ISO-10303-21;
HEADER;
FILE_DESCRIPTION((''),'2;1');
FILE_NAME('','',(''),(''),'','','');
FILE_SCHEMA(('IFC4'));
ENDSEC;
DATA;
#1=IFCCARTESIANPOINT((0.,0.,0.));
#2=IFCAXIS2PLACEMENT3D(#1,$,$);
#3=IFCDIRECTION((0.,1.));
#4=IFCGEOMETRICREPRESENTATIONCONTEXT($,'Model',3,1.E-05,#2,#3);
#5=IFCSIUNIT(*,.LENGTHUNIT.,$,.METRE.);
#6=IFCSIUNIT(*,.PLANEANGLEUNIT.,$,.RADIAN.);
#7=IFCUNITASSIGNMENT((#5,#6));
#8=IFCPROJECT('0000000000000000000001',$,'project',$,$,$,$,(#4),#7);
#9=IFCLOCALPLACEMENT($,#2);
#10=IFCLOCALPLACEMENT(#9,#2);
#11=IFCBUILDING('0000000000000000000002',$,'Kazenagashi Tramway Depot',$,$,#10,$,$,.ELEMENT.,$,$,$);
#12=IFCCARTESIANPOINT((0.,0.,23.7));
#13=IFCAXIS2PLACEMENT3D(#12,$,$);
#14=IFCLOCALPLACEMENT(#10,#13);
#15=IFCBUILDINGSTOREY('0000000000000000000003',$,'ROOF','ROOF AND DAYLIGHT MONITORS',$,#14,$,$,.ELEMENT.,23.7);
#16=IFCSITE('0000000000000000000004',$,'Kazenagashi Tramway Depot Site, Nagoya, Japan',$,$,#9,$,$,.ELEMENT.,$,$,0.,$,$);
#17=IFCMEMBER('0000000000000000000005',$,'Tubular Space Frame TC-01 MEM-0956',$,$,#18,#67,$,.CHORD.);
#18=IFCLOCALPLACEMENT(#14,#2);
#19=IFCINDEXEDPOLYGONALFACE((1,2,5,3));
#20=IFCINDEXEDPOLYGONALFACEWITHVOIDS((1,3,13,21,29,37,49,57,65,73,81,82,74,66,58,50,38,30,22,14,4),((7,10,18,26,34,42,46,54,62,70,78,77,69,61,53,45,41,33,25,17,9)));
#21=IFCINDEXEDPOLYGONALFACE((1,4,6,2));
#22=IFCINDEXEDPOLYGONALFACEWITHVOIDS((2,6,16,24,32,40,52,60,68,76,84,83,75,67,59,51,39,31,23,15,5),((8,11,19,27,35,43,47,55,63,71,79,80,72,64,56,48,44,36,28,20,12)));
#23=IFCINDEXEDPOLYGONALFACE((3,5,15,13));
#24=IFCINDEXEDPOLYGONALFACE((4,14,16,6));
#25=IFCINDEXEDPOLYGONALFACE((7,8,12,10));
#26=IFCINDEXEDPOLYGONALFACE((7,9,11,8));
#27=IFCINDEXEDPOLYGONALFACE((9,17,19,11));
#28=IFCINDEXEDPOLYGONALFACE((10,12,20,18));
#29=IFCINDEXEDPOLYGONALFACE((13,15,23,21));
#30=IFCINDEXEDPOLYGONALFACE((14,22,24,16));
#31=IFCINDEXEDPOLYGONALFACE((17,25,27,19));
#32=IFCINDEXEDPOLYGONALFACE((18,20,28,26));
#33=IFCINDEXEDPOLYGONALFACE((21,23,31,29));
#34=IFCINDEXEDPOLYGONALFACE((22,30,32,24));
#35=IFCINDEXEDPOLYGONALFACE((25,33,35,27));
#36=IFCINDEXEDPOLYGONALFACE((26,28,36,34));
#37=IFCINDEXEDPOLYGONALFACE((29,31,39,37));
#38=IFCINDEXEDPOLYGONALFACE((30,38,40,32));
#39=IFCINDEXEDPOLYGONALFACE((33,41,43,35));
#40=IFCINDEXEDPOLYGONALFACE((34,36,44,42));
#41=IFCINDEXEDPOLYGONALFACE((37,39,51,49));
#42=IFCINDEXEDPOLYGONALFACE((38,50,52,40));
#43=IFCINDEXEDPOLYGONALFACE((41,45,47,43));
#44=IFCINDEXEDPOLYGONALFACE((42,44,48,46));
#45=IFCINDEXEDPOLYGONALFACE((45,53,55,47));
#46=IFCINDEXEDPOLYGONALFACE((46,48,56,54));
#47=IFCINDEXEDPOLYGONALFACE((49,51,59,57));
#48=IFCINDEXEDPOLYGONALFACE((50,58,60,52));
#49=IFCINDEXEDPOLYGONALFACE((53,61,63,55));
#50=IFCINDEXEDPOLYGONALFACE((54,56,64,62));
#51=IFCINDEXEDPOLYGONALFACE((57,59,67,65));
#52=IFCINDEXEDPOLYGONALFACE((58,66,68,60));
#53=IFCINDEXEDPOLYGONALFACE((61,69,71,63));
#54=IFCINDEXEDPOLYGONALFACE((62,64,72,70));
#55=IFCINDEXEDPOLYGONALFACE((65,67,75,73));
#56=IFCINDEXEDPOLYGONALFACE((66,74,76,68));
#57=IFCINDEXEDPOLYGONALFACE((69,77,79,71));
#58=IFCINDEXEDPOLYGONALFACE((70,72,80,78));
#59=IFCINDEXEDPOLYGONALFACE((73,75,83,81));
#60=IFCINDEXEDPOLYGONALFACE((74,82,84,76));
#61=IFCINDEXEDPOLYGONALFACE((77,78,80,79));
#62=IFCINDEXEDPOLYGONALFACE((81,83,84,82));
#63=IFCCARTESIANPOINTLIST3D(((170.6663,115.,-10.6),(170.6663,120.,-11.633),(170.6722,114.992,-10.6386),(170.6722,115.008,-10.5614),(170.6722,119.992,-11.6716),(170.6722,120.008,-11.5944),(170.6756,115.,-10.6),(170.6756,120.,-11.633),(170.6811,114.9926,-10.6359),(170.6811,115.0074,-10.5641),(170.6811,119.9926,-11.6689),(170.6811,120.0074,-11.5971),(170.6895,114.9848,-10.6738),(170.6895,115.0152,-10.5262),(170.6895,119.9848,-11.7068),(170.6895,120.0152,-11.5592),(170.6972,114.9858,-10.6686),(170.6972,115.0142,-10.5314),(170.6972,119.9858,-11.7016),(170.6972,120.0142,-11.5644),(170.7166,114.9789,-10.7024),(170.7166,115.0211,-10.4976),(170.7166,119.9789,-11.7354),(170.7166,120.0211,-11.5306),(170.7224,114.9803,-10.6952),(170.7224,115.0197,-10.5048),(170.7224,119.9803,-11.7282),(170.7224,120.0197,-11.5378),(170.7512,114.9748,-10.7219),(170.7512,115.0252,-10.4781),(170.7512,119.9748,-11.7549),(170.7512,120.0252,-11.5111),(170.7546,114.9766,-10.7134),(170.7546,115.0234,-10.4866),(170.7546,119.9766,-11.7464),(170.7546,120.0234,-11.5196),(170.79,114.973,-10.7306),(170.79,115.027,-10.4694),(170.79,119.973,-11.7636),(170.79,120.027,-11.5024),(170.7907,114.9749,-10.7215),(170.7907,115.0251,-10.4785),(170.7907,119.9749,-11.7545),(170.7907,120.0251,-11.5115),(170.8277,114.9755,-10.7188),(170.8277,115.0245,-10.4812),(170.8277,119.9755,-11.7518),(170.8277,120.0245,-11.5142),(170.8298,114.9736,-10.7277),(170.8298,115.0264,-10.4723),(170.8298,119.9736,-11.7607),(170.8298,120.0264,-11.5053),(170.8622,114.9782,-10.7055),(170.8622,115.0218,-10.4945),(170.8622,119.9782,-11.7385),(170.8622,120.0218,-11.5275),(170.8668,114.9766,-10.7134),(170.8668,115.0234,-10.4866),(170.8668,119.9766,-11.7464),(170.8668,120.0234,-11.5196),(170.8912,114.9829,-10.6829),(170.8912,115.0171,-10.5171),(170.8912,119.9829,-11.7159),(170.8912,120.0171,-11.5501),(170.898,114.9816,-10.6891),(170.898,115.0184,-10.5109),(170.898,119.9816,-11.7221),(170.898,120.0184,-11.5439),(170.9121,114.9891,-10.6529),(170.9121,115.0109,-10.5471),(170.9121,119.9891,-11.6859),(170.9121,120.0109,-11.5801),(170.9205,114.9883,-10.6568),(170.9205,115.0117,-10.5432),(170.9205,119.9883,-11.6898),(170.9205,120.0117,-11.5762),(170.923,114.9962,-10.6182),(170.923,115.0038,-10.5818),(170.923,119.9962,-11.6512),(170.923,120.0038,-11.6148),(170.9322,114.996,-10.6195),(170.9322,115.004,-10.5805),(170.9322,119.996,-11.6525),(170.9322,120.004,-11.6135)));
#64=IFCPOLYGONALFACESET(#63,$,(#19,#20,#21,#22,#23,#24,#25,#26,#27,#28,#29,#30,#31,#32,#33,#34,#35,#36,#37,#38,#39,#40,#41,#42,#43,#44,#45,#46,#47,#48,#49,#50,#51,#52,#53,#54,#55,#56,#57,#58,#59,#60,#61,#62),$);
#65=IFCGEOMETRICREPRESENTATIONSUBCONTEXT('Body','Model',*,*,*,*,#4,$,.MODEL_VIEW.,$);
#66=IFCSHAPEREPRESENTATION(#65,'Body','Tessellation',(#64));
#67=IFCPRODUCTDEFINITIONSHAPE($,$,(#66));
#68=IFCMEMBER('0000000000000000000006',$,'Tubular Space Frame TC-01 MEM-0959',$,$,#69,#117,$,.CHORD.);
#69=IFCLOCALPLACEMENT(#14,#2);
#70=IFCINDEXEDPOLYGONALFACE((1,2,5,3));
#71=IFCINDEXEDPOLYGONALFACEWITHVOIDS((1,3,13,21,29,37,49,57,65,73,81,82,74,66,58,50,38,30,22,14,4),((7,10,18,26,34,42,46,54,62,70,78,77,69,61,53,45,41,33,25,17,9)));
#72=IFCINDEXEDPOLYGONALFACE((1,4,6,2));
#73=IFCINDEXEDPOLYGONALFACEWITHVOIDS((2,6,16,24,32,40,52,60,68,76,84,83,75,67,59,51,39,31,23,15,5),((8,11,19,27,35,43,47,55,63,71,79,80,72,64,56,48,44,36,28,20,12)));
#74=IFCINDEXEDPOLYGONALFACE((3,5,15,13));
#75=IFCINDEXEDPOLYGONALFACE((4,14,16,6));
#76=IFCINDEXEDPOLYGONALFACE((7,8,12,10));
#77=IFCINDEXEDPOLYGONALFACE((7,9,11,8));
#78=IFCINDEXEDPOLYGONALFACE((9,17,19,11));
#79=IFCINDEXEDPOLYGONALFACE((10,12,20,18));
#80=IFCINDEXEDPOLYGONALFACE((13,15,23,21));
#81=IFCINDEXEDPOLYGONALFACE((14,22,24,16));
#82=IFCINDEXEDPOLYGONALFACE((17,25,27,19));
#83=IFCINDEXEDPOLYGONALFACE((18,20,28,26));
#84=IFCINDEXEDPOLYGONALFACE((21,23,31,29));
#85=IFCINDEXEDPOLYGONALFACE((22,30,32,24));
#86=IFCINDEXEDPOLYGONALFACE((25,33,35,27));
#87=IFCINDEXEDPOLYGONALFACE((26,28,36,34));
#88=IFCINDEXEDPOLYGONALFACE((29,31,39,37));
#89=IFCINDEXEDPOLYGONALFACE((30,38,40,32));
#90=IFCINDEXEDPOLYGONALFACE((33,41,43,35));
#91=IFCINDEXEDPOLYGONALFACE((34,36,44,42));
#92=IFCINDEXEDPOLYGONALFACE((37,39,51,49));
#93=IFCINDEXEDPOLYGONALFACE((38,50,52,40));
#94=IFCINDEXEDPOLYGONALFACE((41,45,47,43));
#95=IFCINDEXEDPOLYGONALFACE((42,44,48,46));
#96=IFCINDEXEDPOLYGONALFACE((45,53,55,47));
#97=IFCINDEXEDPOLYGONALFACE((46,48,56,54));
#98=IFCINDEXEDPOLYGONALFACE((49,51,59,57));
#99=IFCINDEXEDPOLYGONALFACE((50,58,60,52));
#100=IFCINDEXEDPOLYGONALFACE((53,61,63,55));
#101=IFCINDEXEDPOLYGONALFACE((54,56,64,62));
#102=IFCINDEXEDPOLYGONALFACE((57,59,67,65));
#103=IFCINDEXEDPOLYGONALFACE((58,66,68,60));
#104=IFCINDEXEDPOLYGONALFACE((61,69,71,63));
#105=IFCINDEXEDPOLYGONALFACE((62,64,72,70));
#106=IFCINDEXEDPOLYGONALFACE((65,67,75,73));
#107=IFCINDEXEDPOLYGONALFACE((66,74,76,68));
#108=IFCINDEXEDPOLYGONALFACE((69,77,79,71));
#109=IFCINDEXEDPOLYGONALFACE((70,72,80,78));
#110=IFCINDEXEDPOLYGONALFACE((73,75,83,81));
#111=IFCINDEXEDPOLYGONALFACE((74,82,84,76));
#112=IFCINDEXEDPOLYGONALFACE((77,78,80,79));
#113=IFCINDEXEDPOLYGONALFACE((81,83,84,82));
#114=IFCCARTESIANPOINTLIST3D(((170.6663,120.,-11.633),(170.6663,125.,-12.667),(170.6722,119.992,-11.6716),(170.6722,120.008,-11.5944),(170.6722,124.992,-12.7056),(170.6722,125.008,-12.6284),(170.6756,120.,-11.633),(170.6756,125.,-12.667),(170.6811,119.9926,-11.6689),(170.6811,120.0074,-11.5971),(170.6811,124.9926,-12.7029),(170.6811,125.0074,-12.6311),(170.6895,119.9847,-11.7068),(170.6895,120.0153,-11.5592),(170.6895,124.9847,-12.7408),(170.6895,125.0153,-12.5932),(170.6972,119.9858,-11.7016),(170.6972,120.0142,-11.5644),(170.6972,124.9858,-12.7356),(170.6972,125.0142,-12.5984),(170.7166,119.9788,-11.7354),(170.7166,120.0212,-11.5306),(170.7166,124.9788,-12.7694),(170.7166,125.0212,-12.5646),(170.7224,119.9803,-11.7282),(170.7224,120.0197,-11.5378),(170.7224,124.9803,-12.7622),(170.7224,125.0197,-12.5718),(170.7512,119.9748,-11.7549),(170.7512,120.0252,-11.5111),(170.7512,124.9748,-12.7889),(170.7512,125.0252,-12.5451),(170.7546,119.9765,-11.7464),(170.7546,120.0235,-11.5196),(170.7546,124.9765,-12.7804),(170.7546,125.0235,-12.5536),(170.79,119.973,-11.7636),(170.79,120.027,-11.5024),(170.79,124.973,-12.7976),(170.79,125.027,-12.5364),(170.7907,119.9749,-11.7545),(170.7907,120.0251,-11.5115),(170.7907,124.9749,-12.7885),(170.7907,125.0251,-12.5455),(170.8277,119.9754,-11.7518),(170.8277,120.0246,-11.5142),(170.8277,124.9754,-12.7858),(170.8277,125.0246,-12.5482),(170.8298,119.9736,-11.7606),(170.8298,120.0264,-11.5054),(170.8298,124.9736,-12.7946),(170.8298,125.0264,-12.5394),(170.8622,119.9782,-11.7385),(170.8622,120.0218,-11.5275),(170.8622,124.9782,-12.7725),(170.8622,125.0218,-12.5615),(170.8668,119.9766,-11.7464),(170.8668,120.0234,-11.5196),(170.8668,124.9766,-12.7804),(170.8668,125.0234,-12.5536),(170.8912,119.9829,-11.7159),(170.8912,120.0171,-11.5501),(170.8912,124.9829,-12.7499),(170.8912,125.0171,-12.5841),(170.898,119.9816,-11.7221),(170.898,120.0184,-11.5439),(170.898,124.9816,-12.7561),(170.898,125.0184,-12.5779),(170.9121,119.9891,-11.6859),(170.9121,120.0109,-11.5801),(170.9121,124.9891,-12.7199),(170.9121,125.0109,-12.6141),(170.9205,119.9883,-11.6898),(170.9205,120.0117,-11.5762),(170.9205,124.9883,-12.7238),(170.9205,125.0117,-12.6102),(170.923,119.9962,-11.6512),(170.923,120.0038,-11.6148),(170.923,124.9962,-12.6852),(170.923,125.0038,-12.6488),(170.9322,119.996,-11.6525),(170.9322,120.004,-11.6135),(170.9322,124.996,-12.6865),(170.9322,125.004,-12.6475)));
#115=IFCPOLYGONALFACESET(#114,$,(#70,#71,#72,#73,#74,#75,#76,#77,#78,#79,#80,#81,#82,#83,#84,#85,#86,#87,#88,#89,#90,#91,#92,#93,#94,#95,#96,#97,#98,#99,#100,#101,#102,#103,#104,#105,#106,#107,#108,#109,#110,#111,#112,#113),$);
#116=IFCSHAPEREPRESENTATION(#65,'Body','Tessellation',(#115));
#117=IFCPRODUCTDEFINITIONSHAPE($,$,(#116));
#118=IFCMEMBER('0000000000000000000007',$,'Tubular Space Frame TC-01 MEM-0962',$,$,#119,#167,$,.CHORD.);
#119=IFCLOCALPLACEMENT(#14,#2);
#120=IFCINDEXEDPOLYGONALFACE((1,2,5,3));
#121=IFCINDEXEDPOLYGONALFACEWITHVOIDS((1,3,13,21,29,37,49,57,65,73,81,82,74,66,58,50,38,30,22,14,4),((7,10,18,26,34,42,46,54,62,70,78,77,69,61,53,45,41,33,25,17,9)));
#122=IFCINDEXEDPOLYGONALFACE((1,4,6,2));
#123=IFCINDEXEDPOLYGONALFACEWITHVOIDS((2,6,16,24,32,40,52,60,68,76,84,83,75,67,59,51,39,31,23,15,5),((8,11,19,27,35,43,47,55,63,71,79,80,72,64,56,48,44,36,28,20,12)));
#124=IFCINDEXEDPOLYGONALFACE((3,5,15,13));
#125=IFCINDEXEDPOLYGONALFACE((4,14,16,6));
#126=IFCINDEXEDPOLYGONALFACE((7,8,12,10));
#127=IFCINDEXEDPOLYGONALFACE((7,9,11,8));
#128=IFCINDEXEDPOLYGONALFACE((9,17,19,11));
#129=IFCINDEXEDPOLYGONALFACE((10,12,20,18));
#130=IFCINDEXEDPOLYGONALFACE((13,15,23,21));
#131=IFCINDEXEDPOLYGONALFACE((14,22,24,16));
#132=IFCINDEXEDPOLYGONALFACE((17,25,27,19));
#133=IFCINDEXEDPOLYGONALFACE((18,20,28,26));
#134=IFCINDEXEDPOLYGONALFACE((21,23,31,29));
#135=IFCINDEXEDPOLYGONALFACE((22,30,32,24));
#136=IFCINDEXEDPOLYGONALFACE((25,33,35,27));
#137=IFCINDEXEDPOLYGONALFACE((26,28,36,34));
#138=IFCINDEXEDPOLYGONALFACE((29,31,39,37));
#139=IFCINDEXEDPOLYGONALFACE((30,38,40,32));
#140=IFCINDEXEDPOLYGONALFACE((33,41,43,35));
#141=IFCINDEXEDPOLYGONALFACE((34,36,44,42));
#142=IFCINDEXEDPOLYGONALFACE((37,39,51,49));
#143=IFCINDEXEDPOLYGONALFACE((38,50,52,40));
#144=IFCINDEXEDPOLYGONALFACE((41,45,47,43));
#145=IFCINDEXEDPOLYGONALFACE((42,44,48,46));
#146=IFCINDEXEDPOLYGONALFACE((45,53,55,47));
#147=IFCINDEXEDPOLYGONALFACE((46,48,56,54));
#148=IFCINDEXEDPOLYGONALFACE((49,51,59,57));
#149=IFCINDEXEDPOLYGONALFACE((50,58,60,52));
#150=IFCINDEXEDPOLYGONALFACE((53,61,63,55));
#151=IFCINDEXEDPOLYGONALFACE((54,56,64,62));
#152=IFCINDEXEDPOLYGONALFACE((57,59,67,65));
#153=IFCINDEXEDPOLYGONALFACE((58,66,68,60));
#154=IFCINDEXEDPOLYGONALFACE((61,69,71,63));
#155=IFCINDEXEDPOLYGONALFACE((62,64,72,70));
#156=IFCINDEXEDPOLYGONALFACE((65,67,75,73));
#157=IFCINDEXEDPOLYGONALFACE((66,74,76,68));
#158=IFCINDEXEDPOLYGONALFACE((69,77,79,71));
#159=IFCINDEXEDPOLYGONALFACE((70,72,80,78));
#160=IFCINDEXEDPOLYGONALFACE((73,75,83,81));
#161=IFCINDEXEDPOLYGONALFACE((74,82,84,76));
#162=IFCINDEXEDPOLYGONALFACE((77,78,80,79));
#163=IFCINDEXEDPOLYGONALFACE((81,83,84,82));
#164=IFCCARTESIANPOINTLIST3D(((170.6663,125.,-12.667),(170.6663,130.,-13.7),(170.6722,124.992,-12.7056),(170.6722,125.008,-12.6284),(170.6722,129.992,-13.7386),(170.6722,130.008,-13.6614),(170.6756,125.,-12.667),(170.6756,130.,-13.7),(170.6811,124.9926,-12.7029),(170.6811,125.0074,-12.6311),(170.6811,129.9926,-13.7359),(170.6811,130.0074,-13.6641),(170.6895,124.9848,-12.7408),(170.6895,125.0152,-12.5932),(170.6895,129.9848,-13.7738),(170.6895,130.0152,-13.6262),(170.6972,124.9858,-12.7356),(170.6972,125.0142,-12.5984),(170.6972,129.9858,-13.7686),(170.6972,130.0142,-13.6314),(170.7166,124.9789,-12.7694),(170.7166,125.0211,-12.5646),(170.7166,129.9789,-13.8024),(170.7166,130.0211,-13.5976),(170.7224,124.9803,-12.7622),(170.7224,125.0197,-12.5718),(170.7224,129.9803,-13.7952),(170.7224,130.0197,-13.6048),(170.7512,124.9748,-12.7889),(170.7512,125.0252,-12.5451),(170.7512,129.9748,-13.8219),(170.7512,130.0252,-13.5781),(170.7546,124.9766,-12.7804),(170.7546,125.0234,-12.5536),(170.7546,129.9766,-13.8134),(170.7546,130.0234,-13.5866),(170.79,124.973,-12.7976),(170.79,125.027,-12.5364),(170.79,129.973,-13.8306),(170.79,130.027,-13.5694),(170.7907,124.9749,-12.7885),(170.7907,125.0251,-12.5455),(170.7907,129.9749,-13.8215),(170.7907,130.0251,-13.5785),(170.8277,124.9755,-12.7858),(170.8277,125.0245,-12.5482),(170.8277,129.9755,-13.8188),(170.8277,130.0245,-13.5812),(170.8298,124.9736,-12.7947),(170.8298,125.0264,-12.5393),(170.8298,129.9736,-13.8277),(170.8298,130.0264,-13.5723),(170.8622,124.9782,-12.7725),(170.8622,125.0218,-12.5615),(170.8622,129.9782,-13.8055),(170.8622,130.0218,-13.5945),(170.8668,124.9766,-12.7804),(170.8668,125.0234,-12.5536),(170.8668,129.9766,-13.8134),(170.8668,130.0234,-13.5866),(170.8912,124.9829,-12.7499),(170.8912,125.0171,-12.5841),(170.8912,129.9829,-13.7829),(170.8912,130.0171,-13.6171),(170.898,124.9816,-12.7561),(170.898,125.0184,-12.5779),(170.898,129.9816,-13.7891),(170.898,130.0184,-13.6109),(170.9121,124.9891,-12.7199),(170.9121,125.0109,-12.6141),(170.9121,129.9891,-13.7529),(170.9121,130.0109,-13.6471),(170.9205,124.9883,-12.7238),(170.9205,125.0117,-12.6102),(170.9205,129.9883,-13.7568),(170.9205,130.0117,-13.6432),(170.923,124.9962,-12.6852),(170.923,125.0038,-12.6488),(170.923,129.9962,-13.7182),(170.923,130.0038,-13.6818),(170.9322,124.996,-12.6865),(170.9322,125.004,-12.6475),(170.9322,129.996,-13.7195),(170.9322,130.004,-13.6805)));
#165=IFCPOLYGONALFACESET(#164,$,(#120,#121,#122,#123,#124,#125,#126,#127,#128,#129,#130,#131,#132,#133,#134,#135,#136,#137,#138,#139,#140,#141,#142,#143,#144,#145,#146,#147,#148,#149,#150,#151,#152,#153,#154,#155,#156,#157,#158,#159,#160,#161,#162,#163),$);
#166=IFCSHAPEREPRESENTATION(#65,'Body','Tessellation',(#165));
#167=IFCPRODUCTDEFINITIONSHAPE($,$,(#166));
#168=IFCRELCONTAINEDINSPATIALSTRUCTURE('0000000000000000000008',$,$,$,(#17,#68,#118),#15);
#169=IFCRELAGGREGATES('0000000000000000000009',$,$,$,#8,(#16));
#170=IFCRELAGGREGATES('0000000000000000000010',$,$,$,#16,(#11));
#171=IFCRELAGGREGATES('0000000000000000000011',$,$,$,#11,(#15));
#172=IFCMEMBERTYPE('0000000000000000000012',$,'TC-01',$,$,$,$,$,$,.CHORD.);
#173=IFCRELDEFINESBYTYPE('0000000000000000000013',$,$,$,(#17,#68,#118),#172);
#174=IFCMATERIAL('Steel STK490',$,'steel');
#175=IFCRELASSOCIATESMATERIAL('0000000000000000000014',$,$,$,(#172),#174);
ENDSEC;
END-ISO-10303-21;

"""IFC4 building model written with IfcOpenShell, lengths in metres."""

from ifc_helpers import new_model, si_unit, direction, frame, origin, origin_2d, place, context, subcontext, project, spatial, hollow_circle, extrude, material, material_profile, profile_set, type_object, element, save


model = new_model("IFC4")

# Units and contexts
model_context = context("Model", 3, precision=1e-05, world=origin(), true_north=direction((0.0, 1.0)))
body_context = subcontext(model_context, "Body", "Model", "MODEL_VIEW")
ifc_project = project(units=[si_unit("LENGTHUNIT", "METRE"), si_unit("PLANEANGLEUNIT", "RADIAN")], contexts=[model_context])

# Site, building, storey
site_placement = place(None, origin())
site = spatial("IfcSite", under=ifc_project, at=site_placement, Name="Kazenagashi Tramway Depot Site, Nagoya, Japan", CompositionType="ELEMENT", RefElevation=0.0)
building_placement = place(site_placement, origin())
building = spatial("IfcBuilding", under=site, at=building_placement, Name="Kazenagashi Tramway Depot", CompositionType="ELEMENT")
storey_placement = place(building_placement, frame((0.0, 0.0, 23.7)))
storey = spatial("IfcBuildingStorey", under=building, at=storey_placement, Name="ROOF", Description="ROOF AND DAYLIGHT MONITORS", CompositionType="ELEMENT", Elevation=23.7)

# Members
ifc_material_1 = material(Name="Steel STK490", Category="steel")
ifc_material_profile_1 = material_profile(ifc_material_1, hollow_circle(Radius=0.1337, WallThickness=0.0093, at=origin_2d()), Name="CHS-267.4x9.3")
ifc_profile_set_1 = profile_set([ifc_material_profile_1], Name="Steel STK490")
member_type_1 = type_object("IfcMemberType", Name="TC-01", PredefinedType="CHORD", material=ifc_profile_set_1)
for number, where, z_axis, x_axis, name in (
    (1, (170.8, 115.0, -10.6), (0.0, 0.979318, -0.202327), (-1.0, 0.0, 0.0), "Tubular Space Frame TC-01 MEM-0956"),
):
    element("IfcMember", number, at=place(storey_placement, frame(where, z_axis=z_axis, x_axis=x_axis)), inside=storey, type_object=member_type_1, Name=name, PredefinedType="CHORD", context=body_context, shape_type="SweptSolid", body=[
        extrude(hollow_circle(Radius=0.1337, WallThickness=0.0093, at=origin_2d()), origin(), (0.0, 0.0, 1.0), 5.1056),
    ])
member_1_placement = place(storey_placement, frame((170.8, 120.0, -11.633), z_axis=(0.0, 0.979279, -0.202515), x_axis=(-1.0, 0.0, 0.0)))
element("IfcMember", 2, at=member_1_placement, inside=storey, type_object=member_type_1, Name="Tubular Space Frame TC-01 MEM-0959", PredefinedType="CHORD", context=body_context, shape_type="SweptSolid", body=[
    extrude(hollow_circle(Radius=0.1337, WallThickness=0.0093, at=origin_2d()), origin(), (0.0, 0.0, 1.0), 5.1058),
])
for number, where, z_axis, x_axis, name in (
    (3, (170.8, 125.0, -12.667), (0.0, 0.979318, -0.202327), (-1.0, 0.0, 0.0), "Tubular Space Frame TC-01 MEM-0962"),
):
    element("IfcMember", number, at=place(storey_placement, frame(where, z_axis=z_axis, x_axis=x_axis)), inside=storey, type_object=member_type_1, Name=name, PredefinedType="CHORD", context=body_context, shape_type="SweptSolid", body=[
        extrude(hollow_circle(Radius=0.1337, WallThickness=0.0093, at=origin_2d()), origin(), (0.0, 0.0, 1.0), 5.1056),
    ])

save(model, "model.ifc")
